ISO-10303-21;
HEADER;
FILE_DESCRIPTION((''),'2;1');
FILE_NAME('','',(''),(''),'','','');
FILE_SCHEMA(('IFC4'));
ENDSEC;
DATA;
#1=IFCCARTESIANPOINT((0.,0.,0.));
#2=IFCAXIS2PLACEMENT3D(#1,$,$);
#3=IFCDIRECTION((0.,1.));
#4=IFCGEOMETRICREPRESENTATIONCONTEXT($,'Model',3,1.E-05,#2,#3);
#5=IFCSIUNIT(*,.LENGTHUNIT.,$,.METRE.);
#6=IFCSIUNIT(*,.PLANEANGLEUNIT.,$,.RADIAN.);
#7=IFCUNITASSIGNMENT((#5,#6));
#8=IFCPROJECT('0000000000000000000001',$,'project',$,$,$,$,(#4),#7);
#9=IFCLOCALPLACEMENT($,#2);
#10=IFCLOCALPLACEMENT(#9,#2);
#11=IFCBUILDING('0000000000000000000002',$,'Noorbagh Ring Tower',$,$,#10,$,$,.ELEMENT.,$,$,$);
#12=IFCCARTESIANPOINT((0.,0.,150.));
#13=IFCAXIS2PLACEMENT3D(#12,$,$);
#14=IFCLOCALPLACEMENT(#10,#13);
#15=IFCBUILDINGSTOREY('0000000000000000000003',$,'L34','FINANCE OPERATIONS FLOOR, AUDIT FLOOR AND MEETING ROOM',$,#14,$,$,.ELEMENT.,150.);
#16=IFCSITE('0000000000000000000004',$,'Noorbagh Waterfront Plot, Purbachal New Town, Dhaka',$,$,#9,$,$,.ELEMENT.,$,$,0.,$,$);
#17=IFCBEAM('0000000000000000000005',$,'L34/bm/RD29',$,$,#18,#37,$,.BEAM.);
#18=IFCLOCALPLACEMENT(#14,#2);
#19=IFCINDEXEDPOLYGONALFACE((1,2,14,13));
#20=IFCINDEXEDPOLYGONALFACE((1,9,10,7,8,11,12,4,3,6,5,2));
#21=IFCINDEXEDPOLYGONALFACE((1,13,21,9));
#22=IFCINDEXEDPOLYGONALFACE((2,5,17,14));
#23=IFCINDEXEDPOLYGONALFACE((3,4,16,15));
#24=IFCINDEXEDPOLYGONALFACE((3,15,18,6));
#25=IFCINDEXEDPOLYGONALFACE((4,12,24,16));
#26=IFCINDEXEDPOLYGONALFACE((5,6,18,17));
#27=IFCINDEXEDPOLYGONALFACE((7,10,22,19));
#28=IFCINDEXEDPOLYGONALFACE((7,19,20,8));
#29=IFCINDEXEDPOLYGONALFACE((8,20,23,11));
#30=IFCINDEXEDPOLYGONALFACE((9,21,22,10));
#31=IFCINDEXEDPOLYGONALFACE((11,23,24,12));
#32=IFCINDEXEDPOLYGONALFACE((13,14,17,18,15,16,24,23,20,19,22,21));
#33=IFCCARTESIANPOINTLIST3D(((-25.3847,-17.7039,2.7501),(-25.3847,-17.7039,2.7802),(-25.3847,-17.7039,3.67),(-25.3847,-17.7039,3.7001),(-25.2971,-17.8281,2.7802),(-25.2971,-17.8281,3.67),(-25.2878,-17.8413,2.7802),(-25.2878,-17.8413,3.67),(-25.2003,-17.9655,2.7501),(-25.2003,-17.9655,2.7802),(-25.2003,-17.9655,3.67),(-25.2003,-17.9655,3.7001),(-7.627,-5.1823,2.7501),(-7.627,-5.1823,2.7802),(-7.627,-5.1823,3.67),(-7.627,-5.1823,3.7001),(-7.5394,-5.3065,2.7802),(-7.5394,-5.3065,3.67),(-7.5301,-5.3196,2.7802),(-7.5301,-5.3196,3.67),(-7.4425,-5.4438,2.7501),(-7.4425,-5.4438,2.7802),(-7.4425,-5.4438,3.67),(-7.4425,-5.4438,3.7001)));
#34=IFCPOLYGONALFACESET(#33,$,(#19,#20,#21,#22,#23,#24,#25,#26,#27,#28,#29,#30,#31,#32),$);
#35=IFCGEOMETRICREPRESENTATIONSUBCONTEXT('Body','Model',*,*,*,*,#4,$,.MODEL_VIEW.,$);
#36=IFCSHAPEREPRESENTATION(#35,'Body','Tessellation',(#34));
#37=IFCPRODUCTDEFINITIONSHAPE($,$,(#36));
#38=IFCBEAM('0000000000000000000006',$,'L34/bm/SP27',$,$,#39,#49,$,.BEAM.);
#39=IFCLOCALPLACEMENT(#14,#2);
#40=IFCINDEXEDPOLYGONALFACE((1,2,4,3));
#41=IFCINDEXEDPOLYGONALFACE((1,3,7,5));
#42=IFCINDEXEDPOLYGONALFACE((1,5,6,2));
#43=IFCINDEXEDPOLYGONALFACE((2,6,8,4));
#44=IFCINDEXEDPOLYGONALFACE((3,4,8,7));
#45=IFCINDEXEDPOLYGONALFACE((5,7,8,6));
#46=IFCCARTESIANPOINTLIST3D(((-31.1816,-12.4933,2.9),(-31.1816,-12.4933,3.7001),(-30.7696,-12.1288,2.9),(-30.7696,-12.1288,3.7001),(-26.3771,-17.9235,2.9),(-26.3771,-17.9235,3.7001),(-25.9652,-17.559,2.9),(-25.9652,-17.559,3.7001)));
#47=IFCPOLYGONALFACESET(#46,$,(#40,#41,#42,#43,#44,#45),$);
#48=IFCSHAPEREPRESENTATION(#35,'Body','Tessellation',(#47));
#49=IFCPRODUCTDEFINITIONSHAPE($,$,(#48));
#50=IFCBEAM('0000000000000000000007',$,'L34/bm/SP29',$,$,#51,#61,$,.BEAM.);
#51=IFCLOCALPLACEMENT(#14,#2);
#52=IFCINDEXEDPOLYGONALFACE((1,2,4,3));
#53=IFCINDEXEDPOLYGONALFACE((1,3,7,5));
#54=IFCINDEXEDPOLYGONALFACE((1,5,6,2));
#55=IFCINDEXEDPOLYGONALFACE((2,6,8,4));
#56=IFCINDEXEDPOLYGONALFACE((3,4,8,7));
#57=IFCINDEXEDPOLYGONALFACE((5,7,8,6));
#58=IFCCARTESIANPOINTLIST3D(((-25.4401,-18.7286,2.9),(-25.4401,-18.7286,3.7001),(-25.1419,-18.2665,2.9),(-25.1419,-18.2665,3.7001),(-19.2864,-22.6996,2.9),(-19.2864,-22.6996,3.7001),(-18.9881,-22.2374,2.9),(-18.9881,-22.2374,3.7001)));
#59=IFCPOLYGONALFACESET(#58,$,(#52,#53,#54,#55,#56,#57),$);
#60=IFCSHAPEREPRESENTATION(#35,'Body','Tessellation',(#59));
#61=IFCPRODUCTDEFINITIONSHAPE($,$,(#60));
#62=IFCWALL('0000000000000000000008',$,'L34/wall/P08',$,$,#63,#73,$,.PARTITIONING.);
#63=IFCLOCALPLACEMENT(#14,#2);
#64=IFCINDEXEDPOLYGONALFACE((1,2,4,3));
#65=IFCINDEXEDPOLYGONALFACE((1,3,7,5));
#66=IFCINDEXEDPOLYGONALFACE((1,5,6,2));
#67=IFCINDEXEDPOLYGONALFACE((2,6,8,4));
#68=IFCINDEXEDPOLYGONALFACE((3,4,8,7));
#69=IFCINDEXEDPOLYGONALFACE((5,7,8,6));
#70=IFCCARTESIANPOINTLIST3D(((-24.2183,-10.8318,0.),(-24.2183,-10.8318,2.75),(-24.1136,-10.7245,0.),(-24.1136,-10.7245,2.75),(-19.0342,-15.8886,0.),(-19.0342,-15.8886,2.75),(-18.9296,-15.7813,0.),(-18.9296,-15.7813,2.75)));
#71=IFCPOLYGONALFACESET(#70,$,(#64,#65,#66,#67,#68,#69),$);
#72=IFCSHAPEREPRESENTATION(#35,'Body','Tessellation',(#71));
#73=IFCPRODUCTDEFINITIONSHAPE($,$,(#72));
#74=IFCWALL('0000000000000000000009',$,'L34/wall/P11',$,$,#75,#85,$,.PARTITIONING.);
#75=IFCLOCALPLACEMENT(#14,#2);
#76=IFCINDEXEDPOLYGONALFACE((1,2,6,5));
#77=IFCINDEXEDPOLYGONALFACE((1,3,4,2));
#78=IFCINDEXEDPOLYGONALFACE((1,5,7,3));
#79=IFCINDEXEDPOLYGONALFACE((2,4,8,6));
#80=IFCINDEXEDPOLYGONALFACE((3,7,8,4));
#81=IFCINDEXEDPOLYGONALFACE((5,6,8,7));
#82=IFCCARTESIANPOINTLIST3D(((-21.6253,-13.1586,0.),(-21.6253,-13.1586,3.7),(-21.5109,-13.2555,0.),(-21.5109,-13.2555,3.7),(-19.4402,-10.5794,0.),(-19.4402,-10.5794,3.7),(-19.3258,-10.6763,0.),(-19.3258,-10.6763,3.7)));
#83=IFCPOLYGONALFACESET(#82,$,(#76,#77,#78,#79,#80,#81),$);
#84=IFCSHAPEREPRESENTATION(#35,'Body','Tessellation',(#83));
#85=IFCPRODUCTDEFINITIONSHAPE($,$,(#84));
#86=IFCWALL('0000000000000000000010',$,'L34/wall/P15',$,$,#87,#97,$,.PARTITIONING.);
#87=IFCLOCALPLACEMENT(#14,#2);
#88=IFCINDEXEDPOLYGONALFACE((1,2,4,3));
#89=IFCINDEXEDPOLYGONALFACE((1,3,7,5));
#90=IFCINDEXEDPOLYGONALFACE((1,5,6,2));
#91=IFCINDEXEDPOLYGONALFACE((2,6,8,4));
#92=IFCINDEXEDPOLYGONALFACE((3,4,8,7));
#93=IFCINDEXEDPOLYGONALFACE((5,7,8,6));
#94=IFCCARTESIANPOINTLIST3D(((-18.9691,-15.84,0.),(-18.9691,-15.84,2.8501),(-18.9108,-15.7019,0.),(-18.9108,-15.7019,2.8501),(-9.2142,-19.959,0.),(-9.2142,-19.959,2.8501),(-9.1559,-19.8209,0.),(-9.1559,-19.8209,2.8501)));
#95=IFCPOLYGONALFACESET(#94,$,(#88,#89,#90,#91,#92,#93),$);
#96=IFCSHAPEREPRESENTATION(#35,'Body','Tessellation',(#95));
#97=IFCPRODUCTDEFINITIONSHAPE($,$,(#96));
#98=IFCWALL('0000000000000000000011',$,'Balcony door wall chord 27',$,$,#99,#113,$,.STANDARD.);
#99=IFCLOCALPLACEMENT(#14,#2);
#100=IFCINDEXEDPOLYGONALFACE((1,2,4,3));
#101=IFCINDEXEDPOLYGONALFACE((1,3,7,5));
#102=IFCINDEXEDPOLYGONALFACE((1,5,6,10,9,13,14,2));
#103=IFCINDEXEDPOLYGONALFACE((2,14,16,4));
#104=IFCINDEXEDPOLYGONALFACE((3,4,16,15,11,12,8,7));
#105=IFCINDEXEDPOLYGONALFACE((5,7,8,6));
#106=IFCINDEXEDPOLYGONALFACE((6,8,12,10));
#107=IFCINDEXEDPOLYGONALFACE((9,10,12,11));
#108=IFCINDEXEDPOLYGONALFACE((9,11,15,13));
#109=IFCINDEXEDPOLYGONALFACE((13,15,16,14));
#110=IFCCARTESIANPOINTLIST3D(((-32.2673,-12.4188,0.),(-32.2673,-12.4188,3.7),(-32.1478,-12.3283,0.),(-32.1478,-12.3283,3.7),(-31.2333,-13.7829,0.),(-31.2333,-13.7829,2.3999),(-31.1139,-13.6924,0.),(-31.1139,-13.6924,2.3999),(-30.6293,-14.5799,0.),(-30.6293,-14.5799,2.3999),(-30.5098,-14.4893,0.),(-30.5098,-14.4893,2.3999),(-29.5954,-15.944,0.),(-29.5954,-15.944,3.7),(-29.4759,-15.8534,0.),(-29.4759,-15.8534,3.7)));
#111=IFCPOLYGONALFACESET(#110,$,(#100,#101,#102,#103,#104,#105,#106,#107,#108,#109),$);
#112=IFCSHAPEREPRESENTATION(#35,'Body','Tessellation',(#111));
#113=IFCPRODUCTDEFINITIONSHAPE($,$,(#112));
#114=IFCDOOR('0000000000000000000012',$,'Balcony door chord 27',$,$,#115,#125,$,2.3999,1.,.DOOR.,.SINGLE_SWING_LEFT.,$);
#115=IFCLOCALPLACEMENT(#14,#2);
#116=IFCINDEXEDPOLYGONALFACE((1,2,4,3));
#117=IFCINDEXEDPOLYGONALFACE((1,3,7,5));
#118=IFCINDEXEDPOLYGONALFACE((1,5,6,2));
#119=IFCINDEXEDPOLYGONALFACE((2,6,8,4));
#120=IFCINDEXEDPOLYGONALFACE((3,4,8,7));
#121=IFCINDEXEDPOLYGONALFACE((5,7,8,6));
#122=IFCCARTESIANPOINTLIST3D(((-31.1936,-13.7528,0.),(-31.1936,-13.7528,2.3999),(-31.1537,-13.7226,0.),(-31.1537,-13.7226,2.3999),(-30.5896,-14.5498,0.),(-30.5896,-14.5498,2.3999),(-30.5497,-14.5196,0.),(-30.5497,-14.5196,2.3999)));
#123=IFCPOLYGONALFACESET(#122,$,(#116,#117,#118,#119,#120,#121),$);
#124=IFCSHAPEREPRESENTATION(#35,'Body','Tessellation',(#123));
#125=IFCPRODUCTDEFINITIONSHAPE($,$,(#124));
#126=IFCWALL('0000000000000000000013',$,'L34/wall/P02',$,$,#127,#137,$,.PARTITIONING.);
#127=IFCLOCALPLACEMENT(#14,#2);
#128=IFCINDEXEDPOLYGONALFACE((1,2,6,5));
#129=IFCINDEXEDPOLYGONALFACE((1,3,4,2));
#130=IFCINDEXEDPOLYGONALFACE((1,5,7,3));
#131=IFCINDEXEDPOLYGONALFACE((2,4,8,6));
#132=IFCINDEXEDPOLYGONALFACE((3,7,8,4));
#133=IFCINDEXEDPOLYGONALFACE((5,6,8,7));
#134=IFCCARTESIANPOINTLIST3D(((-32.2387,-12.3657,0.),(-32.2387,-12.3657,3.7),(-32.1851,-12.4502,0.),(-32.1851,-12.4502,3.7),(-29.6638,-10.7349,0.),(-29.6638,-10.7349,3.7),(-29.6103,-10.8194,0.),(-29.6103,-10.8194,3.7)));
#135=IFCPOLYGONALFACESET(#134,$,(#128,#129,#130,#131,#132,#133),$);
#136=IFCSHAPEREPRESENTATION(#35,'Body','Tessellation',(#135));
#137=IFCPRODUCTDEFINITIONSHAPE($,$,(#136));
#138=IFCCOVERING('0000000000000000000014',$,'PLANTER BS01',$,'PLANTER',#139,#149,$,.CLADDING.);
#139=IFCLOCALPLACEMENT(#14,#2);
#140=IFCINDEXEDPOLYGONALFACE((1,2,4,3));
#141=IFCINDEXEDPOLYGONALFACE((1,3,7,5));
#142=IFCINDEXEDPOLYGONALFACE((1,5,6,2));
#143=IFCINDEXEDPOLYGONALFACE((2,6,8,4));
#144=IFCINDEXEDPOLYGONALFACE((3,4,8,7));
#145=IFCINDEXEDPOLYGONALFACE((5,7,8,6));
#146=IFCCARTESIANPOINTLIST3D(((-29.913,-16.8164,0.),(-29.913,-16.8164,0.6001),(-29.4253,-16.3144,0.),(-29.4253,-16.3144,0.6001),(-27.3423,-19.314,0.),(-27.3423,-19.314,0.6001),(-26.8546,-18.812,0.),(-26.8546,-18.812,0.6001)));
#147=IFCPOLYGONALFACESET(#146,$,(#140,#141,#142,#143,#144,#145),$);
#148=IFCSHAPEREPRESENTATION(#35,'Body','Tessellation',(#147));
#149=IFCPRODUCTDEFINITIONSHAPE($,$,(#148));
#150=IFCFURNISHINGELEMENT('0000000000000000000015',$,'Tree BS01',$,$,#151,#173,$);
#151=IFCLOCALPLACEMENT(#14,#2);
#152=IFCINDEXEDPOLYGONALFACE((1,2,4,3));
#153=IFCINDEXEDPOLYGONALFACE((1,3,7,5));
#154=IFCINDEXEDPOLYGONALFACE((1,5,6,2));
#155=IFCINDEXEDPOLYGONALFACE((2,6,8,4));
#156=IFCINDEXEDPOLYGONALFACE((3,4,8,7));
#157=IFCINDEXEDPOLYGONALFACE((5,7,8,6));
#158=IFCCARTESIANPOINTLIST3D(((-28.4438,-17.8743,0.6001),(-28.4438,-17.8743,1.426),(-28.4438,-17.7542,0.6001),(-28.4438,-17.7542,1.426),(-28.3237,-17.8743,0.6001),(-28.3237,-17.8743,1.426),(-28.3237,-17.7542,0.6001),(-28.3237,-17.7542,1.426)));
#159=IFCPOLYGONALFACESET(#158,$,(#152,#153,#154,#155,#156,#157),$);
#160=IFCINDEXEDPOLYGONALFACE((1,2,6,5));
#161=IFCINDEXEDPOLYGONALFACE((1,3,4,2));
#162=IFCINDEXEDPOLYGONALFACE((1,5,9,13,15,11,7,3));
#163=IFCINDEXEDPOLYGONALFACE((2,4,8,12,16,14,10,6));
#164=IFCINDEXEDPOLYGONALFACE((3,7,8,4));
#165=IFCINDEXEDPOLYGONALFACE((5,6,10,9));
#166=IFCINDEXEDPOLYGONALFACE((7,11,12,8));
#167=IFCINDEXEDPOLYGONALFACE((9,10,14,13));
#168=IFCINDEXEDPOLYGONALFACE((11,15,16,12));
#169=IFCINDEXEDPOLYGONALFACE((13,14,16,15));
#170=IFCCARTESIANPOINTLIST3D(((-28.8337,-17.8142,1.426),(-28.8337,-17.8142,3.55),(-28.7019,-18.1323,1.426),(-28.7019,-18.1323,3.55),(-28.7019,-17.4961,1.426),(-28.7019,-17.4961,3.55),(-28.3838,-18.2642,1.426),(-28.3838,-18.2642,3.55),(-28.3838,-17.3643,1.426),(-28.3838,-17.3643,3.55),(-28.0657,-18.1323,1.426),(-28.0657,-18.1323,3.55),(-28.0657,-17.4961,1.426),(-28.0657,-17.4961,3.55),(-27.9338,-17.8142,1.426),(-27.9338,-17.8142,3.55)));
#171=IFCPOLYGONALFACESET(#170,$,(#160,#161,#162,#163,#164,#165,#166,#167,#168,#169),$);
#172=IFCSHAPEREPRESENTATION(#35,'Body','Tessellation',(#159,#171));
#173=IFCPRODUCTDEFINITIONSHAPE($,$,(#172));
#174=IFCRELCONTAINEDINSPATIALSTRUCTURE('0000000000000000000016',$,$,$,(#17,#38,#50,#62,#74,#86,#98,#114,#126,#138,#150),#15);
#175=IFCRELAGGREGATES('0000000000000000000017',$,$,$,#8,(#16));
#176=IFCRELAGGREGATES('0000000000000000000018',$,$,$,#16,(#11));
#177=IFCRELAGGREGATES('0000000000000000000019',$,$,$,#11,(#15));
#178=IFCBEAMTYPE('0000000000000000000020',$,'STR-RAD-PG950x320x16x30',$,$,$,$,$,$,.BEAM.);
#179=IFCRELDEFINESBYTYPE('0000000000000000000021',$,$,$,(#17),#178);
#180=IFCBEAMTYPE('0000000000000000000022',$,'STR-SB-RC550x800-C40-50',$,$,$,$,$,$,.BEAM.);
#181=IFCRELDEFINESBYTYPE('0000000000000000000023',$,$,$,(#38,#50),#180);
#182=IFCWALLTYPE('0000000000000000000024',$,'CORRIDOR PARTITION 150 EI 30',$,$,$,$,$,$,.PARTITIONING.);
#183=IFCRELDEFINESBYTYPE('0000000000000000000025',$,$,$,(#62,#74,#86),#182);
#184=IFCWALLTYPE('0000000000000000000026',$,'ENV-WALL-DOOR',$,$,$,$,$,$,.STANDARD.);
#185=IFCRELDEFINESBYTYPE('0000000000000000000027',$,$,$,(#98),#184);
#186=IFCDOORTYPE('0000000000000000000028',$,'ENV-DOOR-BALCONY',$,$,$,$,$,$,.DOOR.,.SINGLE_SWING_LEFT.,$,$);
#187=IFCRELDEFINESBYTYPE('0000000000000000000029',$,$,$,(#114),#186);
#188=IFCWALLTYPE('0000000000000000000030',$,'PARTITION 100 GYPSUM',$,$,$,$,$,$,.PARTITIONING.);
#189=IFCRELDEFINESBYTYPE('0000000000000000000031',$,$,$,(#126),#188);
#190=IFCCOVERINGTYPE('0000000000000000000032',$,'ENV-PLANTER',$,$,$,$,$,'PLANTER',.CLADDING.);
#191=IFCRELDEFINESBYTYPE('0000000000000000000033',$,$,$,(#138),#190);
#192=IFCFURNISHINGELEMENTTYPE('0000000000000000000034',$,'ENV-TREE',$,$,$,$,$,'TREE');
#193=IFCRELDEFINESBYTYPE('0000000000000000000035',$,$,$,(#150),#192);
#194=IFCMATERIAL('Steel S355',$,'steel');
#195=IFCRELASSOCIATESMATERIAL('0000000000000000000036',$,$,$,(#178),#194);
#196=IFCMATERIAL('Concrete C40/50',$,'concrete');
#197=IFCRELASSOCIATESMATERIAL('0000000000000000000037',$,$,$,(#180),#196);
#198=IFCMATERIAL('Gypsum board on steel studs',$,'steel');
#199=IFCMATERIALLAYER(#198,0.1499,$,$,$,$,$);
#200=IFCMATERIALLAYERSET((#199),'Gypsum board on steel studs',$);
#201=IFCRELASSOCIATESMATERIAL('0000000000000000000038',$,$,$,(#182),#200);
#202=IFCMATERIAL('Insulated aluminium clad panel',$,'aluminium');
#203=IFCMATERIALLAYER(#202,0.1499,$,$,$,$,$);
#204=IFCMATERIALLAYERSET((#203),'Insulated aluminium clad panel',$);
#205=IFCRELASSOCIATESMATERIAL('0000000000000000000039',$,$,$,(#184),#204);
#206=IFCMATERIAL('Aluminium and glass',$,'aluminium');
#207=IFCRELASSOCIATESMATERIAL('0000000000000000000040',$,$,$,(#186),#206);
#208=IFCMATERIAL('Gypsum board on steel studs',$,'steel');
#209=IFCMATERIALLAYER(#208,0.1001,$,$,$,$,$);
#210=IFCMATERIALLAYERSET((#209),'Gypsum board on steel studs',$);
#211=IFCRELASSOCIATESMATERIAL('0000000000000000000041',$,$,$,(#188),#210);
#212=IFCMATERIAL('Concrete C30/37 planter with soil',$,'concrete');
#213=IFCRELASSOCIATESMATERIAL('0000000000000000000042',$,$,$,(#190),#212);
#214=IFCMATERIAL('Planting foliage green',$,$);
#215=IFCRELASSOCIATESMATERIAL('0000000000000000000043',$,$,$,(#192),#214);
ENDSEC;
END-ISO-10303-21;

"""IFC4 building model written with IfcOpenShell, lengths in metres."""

from ifc_helpers import new_model, si_unit, direction, frame, frame_2d, origin, origin_2d, place, context, subcontext, project, spatial, polyline, rectangle, i_section, outline, extrude, material, layer, layer_set, material_profile, profile_set, type_object, element, fill, save


model = new_model("IFC4")

# Units and contexts
model_context = context("Model", 3, precision=1e-05, world=origin(), true_north=direction((0.0, 1.0)))
body_context = subcontext(model_context, "Body", "Model", "MODEL_VIEW")
ifc_project = project(units=[si_unit("LENGTHUNIT", "METRE"), si_unit("PLANEANGLEUNIT", "RADIAN")], contexts=[model_context])

# Site, building, storey
site_placement = place(None, origin())
site = spatial("IfcSite", under=ifc_project, at=site_placement, Name="Noorbagh Waterfront Plot, Purbachal New Town, Dhaka", CompositionType="ELEMENT", RefElevation=0.0)
building_placement = place(site_placement, origin())
building = spatial("IfcBuilding", under=site, at=building_placement, Name="Noorbagh Ring Tower", CompositionType="ELEMENT")
storey_placement = place(building_placement, frame((0.0, 0.0, 150.0)))
storey = spatial("IfcBuildingStorey", under=building, at=storey_placement, Name="L34", Description="FINANCE OPERATIONS FLOOR, AUDIT FLOOR AND MEETING ROOM", CompositionType="ELEMENT", Elevation=150.0)

# Beams
ifc_material_1 = material(Name="Steel S355", Category="steel")
ifc_material_profile_1 = material_profile(ifc_material_1, i_section(OverallWidth=0.3201, OverallDepth=0.95, WebThickness=0.0161, FlangeThickness=0.03, at=origin_2d()), Name="PG950x320x16x30")
ifc_profile_set_1 = profile_set([ifc_material_profile_1], Name="Steel S355")
beam_type_1 = type_object("IfcBeamType", Name="STR-RAD-PG950x320x16x30", PredefinedType="BEAM", material=ifc_profile_set_1)
beam_1_placement = place(storey_placement, frame((-25.2925, -17.8347, 3.2251), z_axis=(0.817254, 0.576278, 0.0), x_axis=(-0.576278, 0.817254, 0.0)))
element("IfcBeam", 1, at=beam_1_placement, inside=storey, type_object=beam_type_1, Name="L34/bm/RD29", PredefinedType="BEAM", context=body_context, shape_type="SweptSolid", body=[
    extrude(i_section(OverallWidth=0.3201, OverallDepth=0.95, WebThickness=0.0161, FlangeThickness=0.03, at=origin_2d()), origin(), (0.0, 0.0, 1.0), 21.7285),
])
ifc_material_2 = material(Name="Concrete C40/50", Category="concrete")
ifc_material_profile_2 = material_profile(ifc_material_2, rectangle(XDim=0.55, YDim=0.8, at=origin_2d()), Name="RC550x800")
ifc_profile_set_2 = profile_set([ifc_material_profile_2], Name="Concrete C40/50")
beam_type_2 = type_object("IfcBeamType", Name="STR-SB-RC550x800-C40-50", PredefinedType="BEAM", material=ifc_profile_set_2)
beam_2_placement = place(storey_placement, frame((-30.9756, -12.311, 3.3), z_axis=(0.662638, -0.74894, 0.0), x_axis=(0.74894, 0.662638, 0.0)))
element("IfcBeam", 2, at=beam_2_placement, inside=storey, type_object=beam_type_2, Name="L34/bm/SP27", PredefinedType="BEAM", context=body_context, shape_type="SweptSolid", body=[
    extrude(rectangle(XDim=0.55, YDim=0.8, at=origin_2d()), origin(), (0.0, 0.0, 1.0), 7.2505),
])
beam_3_placement = place(storey_placement, frame((-25.291, -18.4976, 3.3), z_axis=(0.84025, -0.542199, 0.0), x_axis=(0.542199, 0.84025, 0.0)))
element("IfcBeam", 3, at=beam_3_placement, inside=storey, type_object=beam_type_2, Name="L34/bm/SP29", PredefinedType="BEAM", context=body_context, shape_type="SweptSolid", body=[
    extrude(rectangle(XDim=0.55, YDim=0.8, at=origin_2d()), origin(), (0.0, 0.0, 1.0), 7.3237),
])

# Walls
ifc_material_3 = material(Name="Gypsum board on steel studs", Category="steel")
ifc_layer_1 = layer(ifc_material_3, 0.1499)
ifc_layer_set_1 = layer_set([ifc_layer_1], Name="Gypsum board on steel studs")
wall_type_1 = type_object("IfcWallType", Name="CORRIDOR PARTITION 150 EI 30", PredefinedType="PARTITIONING", material=ifc_layer_set_1)
wall_1_placement = place(storey_placement, frame((-24.166, -10.7781, 0.0), z_axis=(0.0, 0.0, 1.0), x_axis=(0.715834, -0.69827, 0.0)))
element("IfcWall", 4, at=wall_1_placement, inside=storey, type_object=wall_type_1, Name="L34/wall/P08", PredefinedType="PARTITIONING", context=body_context, shape_type="SweptSolid", body=[
    extrude(rectangle(XDim=7.2419, YDim=0.1499, at=frame_2d((3.6211, 0.0))), origin(), (0.0, 0.0, 1.0), 2.75),
])
wall_2_placement = place(storey_placement, frame((-21.5681, -13.207, 0.0), z_axis=(0.0, 0.0, 1.0), x_axis=(0.646415, 0.762986, 0.0)))
element("IfcWall", 5, at=wall_2_placement, inside=storey, type_object=wall_type_1, Name="L34/wall/P11", PredefinedType="PARTITIONING", context=body_context, shape_type="SweptSolid", body=[
    extrude(rectangle(XDim=3.3804, YDim=0.1499, at=frame_2d((1.6902, 0.0))), origin(), (0.0, 0.0, 1.0), 3.7),
])
wall_3_placement = place(storey_placement, frame((-18.9399, -15.771, 0.0), z_axis=(0.0, 0.0, 1.0), x_axis=(0.921244, -0.388986, 0.0)))
element("IfcWall", 6, at=wall_3_placement, inside=storey, type_object=wall_type_1, Name="L34/wall/P15", PredefinedType="PARTITIONING", context=body_context, shape_type="SweptSolid", body=[
    extrude(rectangle(XDim=10.5889, YDim=0.1499, at=frame_2d((5.2944, 0.0))), origin(), (0.0, 0.0, 1.0), 2.8501),
])

# Wall, opening, door
ifc_material_4 = material(Name="Insulated aluminium clad panel", Category="aluminium")
ifc_layer_2 = layer(ifc_material_4, 0.1499)
ifc_layer_set_2 = layer_set([ifc_layer_2], Name="Insulated aluminium clad panel")
wall_type_2 = type_object("IfcWallType", Name="ENV-WALL-DOOR", PredefinedType="STANDARD", material=ifc_layer_set_2)
wall_4_placement = place(storey_placement, frame((-32.2075, -12.3735, 0.0), z_axis=(0.0, 0.0, 1.0), x_axis=(0.604046, -0.79695, 0.0)))
wall_4 = element("IfcWall", 7, at=wall_4_placement, inside=storey, type_object=wall_type_2, Name="Balcony door wall chord 27", PredefinedType="STANDARD", context=body_context, shape_type="SweptSolid", body=[
    extrude(rectangle(XDim=4.4233, YDim=0.1499, at=frame_2d((2.2117, 0.0))), origin(), (0.0, 0.0, 1.0), 3.7),
])
opening_placement = place(wall_4_placement, frame((1.7117, 0.0, 0.0)))
opening = element("IfcOpeningElement", 8, at=opening_placement, cuts=wall_4, PredefinedType="OPENING", context=body_context, shape_type="SweptSolid", body=[
    extrude(rectangle(XDim=1.0, YDim=2.3999, at=frame_2d((0.5, 1.2))), frame((0.0, 0.085, 0.0), z_axis=(0.0, -1.0, 0.0), x_axis=(1.0, 0.0, 0.0)), (0.0, 0.0, 1.0), 0.1699),
])
ifc_material_5 = material(Name="Aluminium and glass", Category="aluminium")
door_type = type_object("IfcDoorType", Name="ENV-DOOR-BALCONY", OperationType="SINGLE_SWING_LEFT", PredefinedType="DOOR", material=ifc_material_5)
door_placement = place(opening_placement, origin())
door = element("IfcDoor", 9, at=door_placement, inside=storey, type_object=door_type, Name="Balcony door chord 27", OperationType="SINGLE_SWING_LEFT", OverallHeight=2.3999, OverallWidth=1.0, PredefinedType="DOOR", context=body_context, shape_type="SweptSolid", body=[
    extrude(rectangle(XDim=1.0, YDim=2.3999, at=frame_2d((0.5, 1.2))), frame((0.0, 0.0249, 0.0), z_axis=(0.0, -1.0, 0.0), x_axis=(1.0, 0.0, 0.0)), (0.0, 0.0, 1.0), 0.05),
])
fill(opening, door)

# Wall
ifc_material_6 = material(Name="Gypsum board on steel studs", Category="steel")
ifc_layer_3 = layer(ifc_material_6, 0.1001)
ifc_layer_set_3 = layer_set([ifc_layer_3], Name="Gypsum board on steel studs")
wall_type_3 = type_object("IfcWallType", Name="PARTITION 100 GYPSUM", PredefinedType="PARTITIONING", material=ifc_layer_set_3)
wall_5_placement = place(storey_placement, frame((-32.2119, -12.408, 0.0), z_axis=(0.0, 0.0, 1.0), x_axis=(0.844811, 0.535065, 0.0)))
element("IfcWall", 10, at=wall_5_placement, inside=storey, type_object=wall_type_3, Name="L34/wall/P02", PredefinedType="PARTITIONING", context=body_context, shape_type="SweptSolid", body=[
    extrude(rectangle(XDim=3.0479, YDim=0.1001, at=frame_2d((1.5239, 0.0))), origin(), (0.0, 0.0, 1.0), 3.7),
])

# Covering
ifc_material_7 = material(Name="Concrete C30/37 planter with soil", Category="concrete")
covering_type = type_object("IfcCoveringType", Name="ENV-PLANTER", ElementType="PLANTER", PredefinedType="CLADDING", material=ifc_material_7)
covering_placement = place(storey_placement, frame((-28.3838, -17.8142, 0.0), z_axis=(0.0, 0.0, 1.0), x_axis=(0.717225, -0.696842, 0.0)))
element("IfcCovering", 11, at=covering_placement, inside=storey, type_object=covering_type, Name="PLANTER BS01", ObjectType="PLANTER", PredefinedType="CLADDING", context=body_context, shape_type="SweptSolid", body=[
    extrude(rectangle(XDim=3.5842, YDim=0.7, at=origin_2d()), origin(), (0.0, 0.0, 1.0), 0.6001),
])

# Furnishing element
ifc_material_8 = material(Name="Planting foliage green")
furnishing_element_type = type_object("IfcFurnishingElementType", Name="ENV-TREE", ElementType="TREE", material=ifc_material_8)
furnishing_placement = place(storey_placement, frame((-28.3838, -17.8142, 0.6001), z_axis=(0.0, 0.0, 1.0), x_axis=(1.0, 0.0, 0.0)))
element("IfcFurnishingElement", 12, at=furnishing_placement, inside=storey, type_object=furnishing_element_type, Name="Tree BS01", context=body_context, shape_type="SweptSolid", body=[
    extrude(rectangle(XDim=0.1201, YDim=0.1201, at=origin_2d()), origin(), (0.0, 0.0, 1.0), 0.8259),
    extrude(outline(polyline([(0.45, 0.0), (0.3181, 0.3181), (0.0, 0.45), (-0.3181, 0.3181), (-0.45, 0.0), (-0.3181, -0.3181), (0.0, -0.45), (0.3181, -0.3181), (0.45, 0.0)])), frame((0.0, 0.0, 0.8259)), (0.0, 0.0, 1.0), 2.124),
])

save(model, "model.ifc")
